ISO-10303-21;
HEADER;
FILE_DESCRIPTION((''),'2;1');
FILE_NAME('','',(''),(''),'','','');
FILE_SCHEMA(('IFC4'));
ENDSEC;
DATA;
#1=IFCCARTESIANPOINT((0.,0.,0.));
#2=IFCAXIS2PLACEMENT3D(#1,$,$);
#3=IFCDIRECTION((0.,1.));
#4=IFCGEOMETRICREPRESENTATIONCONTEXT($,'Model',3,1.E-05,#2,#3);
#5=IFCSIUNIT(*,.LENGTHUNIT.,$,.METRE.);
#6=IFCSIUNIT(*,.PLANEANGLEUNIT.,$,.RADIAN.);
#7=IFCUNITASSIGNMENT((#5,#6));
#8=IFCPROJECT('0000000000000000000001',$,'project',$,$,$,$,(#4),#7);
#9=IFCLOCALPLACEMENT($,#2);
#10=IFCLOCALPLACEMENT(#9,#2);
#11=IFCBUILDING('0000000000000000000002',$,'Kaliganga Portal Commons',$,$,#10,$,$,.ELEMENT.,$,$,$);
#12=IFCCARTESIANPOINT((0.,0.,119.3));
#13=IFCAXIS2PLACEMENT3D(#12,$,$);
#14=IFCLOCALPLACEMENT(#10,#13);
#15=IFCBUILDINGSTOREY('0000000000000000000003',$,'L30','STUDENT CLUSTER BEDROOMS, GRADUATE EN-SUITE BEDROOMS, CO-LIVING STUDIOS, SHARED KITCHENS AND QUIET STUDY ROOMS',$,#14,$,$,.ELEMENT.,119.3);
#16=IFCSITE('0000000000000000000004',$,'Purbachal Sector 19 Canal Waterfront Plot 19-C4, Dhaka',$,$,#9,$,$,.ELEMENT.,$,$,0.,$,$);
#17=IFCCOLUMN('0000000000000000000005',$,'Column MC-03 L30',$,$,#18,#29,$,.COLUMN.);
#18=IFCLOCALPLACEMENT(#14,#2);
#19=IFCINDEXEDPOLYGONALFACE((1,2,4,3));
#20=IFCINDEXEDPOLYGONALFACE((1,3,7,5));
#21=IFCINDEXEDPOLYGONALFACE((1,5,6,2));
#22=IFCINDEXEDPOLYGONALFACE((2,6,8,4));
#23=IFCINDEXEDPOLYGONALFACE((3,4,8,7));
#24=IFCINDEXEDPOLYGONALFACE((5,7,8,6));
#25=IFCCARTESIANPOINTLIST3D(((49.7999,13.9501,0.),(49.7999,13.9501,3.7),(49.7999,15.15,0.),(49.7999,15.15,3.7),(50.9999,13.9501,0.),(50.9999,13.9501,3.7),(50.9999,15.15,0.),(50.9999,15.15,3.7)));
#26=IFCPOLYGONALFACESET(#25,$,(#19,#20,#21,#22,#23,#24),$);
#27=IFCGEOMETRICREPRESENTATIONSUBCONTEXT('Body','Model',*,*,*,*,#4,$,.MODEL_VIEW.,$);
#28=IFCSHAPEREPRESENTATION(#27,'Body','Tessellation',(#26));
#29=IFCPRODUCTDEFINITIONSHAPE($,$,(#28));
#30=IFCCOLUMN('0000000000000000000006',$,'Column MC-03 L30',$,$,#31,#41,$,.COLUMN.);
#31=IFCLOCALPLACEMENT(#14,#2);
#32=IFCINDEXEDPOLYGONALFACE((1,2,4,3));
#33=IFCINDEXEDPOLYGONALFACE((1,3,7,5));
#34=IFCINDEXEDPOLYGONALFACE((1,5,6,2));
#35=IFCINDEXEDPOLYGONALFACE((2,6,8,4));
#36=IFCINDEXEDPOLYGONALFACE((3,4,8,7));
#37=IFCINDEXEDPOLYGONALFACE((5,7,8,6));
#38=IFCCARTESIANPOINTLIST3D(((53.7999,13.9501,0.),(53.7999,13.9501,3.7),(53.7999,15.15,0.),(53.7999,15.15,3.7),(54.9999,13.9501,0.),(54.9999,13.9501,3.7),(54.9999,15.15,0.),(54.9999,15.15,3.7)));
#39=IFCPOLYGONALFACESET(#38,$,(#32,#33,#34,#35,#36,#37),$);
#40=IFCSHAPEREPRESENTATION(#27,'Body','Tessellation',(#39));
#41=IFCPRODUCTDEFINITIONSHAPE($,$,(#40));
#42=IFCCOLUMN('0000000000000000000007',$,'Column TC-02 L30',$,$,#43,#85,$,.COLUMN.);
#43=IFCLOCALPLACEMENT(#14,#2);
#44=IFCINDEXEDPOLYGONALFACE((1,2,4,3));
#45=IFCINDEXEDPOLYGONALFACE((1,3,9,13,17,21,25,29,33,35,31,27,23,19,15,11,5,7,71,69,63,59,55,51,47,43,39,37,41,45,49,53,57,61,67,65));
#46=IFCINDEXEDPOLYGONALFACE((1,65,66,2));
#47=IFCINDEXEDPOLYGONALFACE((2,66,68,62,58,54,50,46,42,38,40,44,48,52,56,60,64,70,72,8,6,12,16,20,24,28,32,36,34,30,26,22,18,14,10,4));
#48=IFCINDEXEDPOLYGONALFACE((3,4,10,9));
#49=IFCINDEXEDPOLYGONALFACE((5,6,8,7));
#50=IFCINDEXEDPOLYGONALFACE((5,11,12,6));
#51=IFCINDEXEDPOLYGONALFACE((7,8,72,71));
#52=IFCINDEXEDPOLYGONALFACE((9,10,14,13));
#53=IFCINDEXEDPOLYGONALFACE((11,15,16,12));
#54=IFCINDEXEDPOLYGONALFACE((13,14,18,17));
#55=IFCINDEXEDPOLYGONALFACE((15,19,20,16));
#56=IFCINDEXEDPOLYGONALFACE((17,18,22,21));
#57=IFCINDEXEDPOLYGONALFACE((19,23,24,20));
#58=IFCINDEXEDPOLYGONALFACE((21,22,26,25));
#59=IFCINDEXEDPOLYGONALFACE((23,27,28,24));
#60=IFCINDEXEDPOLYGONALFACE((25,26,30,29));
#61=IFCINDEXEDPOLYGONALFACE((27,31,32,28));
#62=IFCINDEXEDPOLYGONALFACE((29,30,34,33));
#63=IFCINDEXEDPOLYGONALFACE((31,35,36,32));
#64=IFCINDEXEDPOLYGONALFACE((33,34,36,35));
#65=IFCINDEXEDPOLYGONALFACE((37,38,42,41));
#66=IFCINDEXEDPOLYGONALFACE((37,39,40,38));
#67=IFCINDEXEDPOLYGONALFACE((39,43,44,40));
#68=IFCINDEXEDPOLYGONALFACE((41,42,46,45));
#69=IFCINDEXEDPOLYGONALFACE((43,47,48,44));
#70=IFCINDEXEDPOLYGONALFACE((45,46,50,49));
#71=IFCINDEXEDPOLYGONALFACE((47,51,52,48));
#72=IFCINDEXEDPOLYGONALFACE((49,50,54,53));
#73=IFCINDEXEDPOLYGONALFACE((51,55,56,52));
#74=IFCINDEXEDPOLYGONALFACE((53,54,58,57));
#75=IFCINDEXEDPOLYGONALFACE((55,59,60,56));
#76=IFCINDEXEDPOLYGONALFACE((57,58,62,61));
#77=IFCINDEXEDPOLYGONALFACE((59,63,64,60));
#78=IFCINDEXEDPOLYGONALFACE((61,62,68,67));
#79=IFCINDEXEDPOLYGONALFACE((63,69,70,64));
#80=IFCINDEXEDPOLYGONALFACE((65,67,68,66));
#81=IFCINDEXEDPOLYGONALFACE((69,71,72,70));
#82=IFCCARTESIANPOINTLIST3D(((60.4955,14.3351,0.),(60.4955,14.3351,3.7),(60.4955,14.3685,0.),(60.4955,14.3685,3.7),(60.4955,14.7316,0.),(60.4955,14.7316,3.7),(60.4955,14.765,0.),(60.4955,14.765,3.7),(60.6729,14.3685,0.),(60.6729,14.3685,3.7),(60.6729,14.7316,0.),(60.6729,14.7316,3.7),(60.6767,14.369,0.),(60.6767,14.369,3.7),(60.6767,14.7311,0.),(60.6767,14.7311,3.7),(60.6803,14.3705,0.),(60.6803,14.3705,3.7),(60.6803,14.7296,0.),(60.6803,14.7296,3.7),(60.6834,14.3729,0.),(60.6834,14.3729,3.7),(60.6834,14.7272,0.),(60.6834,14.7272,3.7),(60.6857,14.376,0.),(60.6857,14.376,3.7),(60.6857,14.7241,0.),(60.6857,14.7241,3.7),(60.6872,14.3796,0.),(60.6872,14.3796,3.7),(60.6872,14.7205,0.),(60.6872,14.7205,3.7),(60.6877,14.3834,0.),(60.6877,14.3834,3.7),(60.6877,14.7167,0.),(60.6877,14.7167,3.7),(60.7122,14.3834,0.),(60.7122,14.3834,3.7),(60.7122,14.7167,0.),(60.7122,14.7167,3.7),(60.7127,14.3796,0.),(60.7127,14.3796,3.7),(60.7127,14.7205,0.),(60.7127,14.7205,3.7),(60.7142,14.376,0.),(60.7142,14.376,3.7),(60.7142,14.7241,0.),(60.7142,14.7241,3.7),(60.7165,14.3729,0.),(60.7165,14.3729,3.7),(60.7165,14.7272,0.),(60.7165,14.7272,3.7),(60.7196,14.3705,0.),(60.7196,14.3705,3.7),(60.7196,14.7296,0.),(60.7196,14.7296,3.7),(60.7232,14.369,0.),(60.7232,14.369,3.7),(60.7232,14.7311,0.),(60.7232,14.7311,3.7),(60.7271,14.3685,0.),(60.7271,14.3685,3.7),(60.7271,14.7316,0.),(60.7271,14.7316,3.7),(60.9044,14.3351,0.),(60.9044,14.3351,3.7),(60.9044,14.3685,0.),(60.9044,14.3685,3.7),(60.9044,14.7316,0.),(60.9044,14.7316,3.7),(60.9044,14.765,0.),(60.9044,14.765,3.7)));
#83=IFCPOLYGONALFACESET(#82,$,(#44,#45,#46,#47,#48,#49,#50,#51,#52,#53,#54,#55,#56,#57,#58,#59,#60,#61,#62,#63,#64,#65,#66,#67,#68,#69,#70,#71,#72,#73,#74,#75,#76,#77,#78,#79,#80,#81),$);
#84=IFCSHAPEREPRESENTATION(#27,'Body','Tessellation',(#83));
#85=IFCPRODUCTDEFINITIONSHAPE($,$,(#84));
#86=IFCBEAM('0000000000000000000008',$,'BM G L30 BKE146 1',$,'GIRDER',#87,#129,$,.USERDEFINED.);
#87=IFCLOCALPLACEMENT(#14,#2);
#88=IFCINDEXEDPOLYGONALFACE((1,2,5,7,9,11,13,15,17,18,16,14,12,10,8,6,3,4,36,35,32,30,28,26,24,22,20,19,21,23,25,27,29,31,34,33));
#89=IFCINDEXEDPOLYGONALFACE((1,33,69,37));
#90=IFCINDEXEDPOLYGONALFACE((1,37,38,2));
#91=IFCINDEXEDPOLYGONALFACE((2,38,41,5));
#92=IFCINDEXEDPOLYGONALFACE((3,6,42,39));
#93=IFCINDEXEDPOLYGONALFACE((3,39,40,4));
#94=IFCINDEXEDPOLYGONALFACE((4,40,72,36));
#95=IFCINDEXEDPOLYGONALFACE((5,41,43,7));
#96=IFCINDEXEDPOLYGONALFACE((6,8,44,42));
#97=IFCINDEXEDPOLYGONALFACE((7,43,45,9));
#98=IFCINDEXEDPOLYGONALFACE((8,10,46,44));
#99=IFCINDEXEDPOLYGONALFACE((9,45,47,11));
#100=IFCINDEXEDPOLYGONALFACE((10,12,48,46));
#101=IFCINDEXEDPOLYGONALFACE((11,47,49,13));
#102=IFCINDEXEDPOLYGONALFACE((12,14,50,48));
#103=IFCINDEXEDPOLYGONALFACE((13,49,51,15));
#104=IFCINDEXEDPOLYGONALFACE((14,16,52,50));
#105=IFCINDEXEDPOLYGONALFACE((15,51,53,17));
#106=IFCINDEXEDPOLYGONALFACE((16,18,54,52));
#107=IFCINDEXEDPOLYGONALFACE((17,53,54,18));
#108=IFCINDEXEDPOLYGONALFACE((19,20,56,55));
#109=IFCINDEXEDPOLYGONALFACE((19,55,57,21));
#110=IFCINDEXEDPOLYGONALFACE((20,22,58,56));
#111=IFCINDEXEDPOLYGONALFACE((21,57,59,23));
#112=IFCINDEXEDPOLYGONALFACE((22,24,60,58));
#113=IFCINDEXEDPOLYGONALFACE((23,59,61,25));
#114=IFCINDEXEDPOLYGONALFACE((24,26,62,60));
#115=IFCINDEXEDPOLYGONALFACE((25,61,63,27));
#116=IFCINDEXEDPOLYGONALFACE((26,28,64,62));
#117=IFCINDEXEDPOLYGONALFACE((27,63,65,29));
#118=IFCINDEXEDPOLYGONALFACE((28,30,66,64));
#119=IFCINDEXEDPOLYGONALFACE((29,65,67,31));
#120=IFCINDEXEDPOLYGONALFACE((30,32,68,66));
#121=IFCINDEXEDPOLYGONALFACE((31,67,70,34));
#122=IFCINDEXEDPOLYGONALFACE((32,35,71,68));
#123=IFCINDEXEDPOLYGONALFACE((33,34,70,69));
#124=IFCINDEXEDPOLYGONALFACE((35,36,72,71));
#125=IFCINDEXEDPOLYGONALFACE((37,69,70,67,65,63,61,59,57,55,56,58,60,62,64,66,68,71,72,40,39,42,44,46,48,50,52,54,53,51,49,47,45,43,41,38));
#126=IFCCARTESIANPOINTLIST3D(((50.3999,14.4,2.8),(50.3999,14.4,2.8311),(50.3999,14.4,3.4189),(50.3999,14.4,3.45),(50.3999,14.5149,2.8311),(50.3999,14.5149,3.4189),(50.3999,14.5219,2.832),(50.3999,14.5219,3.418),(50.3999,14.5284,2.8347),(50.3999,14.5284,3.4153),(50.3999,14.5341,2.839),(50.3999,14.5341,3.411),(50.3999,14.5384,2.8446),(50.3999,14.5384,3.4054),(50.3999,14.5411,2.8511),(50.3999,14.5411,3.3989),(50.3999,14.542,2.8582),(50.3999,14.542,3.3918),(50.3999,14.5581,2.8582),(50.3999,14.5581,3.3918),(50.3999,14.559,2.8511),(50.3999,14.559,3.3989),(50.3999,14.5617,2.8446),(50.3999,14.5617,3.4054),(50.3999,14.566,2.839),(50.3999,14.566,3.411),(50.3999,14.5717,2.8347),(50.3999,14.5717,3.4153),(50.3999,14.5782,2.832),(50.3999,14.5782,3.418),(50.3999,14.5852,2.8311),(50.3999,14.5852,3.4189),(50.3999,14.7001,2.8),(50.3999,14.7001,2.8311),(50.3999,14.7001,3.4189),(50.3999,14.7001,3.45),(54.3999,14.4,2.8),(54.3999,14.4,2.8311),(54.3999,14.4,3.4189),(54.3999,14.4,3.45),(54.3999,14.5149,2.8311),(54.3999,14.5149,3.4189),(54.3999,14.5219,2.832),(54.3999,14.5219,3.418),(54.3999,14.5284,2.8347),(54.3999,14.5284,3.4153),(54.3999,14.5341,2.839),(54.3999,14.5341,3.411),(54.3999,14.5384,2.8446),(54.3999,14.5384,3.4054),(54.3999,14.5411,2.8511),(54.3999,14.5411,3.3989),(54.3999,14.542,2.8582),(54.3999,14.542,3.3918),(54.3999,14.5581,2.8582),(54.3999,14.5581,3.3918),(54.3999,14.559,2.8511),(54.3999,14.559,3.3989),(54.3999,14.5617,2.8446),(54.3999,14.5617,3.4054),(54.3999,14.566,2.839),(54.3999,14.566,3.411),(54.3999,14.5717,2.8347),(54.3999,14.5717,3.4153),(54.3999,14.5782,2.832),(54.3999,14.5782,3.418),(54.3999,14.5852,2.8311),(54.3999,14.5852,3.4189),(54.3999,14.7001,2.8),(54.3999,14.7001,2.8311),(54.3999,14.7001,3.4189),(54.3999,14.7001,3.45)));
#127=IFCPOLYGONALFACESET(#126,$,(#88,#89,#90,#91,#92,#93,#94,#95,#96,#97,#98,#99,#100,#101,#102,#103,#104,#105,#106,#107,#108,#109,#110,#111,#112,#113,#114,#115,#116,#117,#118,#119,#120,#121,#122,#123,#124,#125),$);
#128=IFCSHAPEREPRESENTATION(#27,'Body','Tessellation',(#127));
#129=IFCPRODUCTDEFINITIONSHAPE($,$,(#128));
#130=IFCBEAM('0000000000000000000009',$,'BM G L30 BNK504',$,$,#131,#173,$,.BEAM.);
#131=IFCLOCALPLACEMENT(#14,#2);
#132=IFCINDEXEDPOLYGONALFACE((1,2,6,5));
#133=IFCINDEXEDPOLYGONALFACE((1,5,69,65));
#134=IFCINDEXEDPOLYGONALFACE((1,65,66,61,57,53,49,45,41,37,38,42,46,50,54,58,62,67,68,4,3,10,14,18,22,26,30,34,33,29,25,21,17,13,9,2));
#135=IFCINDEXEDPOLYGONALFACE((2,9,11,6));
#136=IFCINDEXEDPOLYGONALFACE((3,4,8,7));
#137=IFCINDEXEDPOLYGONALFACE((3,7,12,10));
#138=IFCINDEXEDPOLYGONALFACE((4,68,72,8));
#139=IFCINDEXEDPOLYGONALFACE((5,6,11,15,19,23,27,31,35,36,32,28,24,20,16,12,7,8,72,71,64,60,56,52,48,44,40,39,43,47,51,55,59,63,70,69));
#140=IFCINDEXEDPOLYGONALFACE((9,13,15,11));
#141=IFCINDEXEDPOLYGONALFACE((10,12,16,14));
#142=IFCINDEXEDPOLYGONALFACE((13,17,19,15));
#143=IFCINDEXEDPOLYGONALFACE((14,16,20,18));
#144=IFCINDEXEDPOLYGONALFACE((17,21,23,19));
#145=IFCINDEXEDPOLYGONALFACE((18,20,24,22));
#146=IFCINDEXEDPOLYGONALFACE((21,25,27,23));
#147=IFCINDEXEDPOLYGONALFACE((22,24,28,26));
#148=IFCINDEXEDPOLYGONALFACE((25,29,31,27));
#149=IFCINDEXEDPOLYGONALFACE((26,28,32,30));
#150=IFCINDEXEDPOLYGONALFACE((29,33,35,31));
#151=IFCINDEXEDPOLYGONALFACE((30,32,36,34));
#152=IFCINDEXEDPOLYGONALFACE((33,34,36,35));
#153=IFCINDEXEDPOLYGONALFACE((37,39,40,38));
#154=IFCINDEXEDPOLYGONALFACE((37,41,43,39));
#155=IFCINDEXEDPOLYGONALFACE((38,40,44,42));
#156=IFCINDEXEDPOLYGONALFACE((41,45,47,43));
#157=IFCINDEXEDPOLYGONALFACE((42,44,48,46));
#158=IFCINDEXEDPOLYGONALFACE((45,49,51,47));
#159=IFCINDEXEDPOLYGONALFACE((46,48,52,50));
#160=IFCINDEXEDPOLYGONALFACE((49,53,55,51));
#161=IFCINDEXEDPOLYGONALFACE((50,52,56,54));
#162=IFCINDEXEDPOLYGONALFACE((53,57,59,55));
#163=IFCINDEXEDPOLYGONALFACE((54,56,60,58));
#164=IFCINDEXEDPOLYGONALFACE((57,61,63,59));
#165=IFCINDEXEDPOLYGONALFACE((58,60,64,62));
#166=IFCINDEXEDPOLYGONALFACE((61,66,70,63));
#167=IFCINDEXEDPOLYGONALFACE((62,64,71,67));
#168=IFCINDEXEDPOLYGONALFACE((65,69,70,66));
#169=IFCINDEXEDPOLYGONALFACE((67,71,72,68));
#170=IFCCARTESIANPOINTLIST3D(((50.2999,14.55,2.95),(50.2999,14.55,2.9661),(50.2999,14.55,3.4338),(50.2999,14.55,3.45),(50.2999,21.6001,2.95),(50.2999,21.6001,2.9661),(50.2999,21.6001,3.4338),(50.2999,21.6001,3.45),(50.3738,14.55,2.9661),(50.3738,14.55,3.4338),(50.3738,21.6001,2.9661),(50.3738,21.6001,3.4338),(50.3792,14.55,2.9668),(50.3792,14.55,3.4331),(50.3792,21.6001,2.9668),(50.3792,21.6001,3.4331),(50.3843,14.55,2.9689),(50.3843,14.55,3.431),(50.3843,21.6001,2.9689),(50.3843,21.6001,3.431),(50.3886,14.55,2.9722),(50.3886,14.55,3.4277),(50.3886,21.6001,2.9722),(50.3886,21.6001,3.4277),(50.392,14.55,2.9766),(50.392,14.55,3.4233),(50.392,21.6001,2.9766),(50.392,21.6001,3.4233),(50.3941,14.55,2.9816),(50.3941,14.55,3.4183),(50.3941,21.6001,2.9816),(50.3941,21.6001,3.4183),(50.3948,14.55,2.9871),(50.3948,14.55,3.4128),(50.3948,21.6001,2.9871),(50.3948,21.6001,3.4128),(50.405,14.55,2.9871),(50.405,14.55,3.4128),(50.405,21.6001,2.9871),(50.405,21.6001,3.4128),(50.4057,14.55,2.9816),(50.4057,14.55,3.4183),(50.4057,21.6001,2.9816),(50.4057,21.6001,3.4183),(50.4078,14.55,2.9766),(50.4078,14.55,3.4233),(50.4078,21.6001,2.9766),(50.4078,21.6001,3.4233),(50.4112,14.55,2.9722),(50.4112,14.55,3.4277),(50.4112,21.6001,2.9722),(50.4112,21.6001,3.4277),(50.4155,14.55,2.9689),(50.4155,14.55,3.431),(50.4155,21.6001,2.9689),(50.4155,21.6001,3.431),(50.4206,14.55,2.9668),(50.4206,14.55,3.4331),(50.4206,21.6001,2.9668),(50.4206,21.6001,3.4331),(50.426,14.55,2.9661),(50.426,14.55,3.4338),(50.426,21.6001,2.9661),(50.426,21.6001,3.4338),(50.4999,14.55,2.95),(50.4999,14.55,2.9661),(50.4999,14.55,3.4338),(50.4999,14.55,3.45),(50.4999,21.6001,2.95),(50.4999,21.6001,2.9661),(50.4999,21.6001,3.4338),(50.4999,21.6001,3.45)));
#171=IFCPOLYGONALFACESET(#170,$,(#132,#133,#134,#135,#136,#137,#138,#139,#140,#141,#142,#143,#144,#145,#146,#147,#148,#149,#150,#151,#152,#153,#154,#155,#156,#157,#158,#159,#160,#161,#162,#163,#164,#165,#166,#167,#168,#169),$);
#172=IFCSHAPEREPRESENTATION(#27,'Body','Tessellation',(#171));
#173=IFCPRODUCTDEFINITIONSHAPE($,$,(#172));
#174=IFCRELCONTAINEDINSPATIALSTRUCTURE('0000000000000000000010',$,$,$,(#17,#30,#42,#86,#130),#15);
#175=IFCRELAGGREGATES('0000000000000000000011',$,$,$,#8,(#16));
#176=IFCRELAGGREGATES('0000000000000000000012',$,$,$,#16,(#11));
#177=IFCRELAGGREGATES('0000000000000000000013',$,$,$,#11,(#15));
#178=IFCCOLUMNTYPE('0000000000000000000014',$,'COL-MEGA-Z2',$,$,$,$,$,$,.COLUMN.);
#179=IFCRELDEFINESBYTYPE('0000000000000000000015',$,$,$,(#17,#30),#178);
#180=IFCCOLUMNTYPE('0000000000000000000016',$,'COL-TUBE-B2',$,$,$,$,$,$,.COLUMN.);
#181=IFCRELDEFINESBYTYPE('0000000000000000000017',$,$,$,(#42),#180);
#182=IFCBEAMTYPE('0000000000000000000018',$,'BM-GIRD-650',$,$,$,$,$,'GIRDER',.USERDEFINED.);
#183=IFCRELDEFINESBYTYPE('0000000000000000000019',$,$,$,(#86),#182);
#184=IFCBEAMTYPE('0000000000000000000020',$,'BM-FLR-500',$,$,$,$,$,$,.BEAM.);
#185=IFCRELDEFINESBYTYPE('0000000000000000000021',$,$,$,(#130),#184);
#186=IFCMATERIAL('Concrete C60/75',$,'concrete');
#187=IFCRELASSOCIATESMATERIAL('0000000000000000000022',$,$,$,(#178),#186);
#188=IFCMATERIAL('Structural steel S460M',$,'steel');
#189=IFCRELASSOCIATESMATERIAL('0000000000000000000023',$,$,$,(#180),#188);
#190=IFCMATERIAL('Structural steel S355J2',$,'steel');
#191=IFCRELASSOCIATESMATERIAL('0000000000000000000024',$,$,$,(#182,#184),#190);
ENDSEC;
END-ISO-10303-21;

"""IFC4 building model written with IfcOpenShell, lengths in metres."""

from ifc_helpers import new_model, si_unit, direction, frame, origin, origin_2d, place, context, subcontext, project, spatial, rectangle, i_section, extrude, source, transform, mapped, material, material_profile, profile_set, type_object, element, save


model = new_model("IFC4")

# Units and contexts
model_context = context("Model", 3, precision=1e-05, world=origin(), true_north=direction((0.0, 1.0)))
body_context = subcontext(model_context, "Body", "Model", "MODEL_VIEW")
ifc_project = project(units=[si_unit("LENGTHUNIT", "METRE"), si_unit("PLANEANGLEUNIT", "RADIAN")], contexts=[model_context])

# Site, building, storey
site_placement = place(None, origin())
site = spatial("IfcSite", under=ifc_project, at=site_placement, Name="Purbachal Sector 19 Canal Waterfront Plot 19-C4, Dhaka", CompositionType="ELEMENT", RefElevation=0.0)
building_placement = place(site_placement, origin())
building = spatial("IfcBuilding", under=site, at=building_placement, Name="Kaliganga Portal Commons", CompositionType="ELEMENT")
storey_placement = place(building_placement, frame((0.0, 0.0, 119.3)))
storey = spatial("IfcBuildingStorey", under=building, at=storey_placement, Name="L30", Description="STUDENT CLUSTER BEDROOMS, GRADUATE EN-SUITE BEDROOMS, CO-LIVING STUDIOS, SHARED KITCHENS AND QUIET STUDY ROOMS", CompositionType="ELEMENT", Elevation=119.3)

# Columns
ifc_material_1 = material(Name="Concrete C60/75", Category="concrete")
ifc_material_profile_1 = material_profile(ifc_material_1, rectangle(XDim=1.2, YDim=1.2, at=origin_2d()), Name="RC 1200x1200")
ifc_profile_set_1 = profile_set([ifc_material_profile_1], Name="Concrete C60/75")
column_type_1 = type_object("IfcColumnType", Name="COL-MEGA-Z2", PredefinedType="COLUMN", material=ifc_profile_set_1)
shared_shape_1 = source(origin(), body_context, "Body", "SweptSolid", [
    extrude(rectangle(XDim=1.2, YDim=1.2, at=origin_2d()), origin(), (0.0, 0.0, 1.0), 3.7),
])
for number, where, z_axis, x_axis, name in (
    (1, (50.3999, 14.55, 0.0), (0.0, 0.0, 1.0), (1.0, 0.0, 0.0), "Column MC-03 L30"),
    (2, (54.3999, 14.55, 0.0), (0.0, 0.0, 1.0), (1.0, 0.0, 0.0), "Column MC-03 L30"),
):
    element("IfcColumn", number, at=place(storey_placement, frame(where, z_axis=z_axis, x_axis=x_axis)), inside=storey, type_object=column_type_1, Name=name, PredefinedType="COLUMN", context=body_context, shape_type="MappedRepresentation", body=[
        mapped(shared_shape_1, transform((0.0, 0.0, 0.0), x_axis=(1.0, 0.0, 0.0), y_axis=(0.0, 1.0, 0.0), z_axis=(0.0, 0.0, 1.0), scale=1.0)),
    ])
ifc_material_2 = material(Name="Structural steel S460M", Category="steel")
ifc_material_profile_2 = material_profile(ifc_material_2, i_section(OverallWidth=0.4089, OverallDepth=0.4299, WebThickness=0.0244, FlangeThickness=0.0334, FilletRadius=0.0149, at=origin_2d()), Name="HD 400x421")
ifc_profile_set_2 = profile_set([ifc_material_profile_2], Name="Structural steel S460M wide-flange")
column_type_2 = type_object("IfcColumnType", Name="COL-TUBE-B2", PredefinedType="COLUMN", material=ifc_profile_set_2)
shared_shape_2 = source(origin(), body_context, "Body", "SweptSolid", [
    extrude(i_section(OverallWidth=0.4089, OverallDepth=0.4299, WebThickness=0.0244, FlangeThickness=0.0334, FilletRadius=0.0149, at=origin_2d()), origin(), (0.0, 0.0, 1.0), 3.7),
])
column_placement = place(storey_placement, frame((60.7, 14.55, 0.0), z_axis=(0.0, 0.0, 1.0), x_axis=(1.0, 0.0, 0.0)))
element("IfcColumn", 3, at=column_placement, inside=storey, type_object=column_type_2, Name="Column TC-02 L30", PredefinedType="COLUMN", context=body_context, shape_type="MappedRepresentation", body=[
    mapped(shared_shape_2, transform((0.0, 0.0, 0.0), x_axis=(1.0, 0.0, 0.0), y_axis=(0.0, 1.0, 0.0), z_axis=(0.0, 0.0, 1.0), scale=1.0)),
])

# Beams
ifc_material_3 = material(Name="Structural steel S355J2", Category="steel")
ifc_material_profile_3 = material_profile(ifc_material_3, i_section(OverallWidth=0.3, OverallDepth=0.6499, WebThickness=0.0161, FlangeThickness=0.031, FilletRadius=0.0271, at=origin_2d()), Name="HE 650 B")
ifc_profile_set_3 = profile_set([ifc_material_profile_3], Name="Structural steel S355J2 wide-flange")
beam_type_1 = type_object("IfcBeamType", Name="BM-GIRD-650", ElementType="GIRDER", PredefinedType="USERDEFINED", material=ifc_profile_set_3)
shared_shape_3 = source(origin(), body_context, "Body", "SweptSolid", [
    extrude(i_section(OverallWidth=0.3, OverallDepth=0.6499, WebThickness=0.0161, FlangeThickness=0.031, FilletRadius=0.0271, at=origin_2d()), origin(), (0.0, 0.0, 1.0), 4.0),
])
beam_1_placement = place(storey_placement, frame((50.3999, 14.55, 3.125), z_axis=(1.0, 0.0, 0.0), x_axis=(0.0, 1.0, 0.0)))
element("IfcBeam", 4, at=beam_1_placement, inside=storey, type_object=beam_type_1, Name="BM G L30 BKE146 1", ObjectType="GIRDER", PredefinedType="USERDEFINED", context=body_context, shape_type="MappedRepresentation", body=[
    mapped(shared_shape_3, transform((0.0, 0.0, 0.0), x_axis=(1.0, 0.0, 0.0), y_axis=(0.0, 1.0, 0.0), z_axis=(0.0, 0.0, 1.0), scale=1.0)),
])
ifc_material_profile_4 = material_profile(ifc_material_3, i_section(OverallWidth=0.2, OverallDepth=0.5, WebThickness=0.0103, FlangeThickness=0.0161, FilletRadius=0.021, at=origin_2d()), Name="IPE 500")
ifc_profile_set_4 = profile_set([ifc_material_profile_4], Name="Structural steel S355J2 wide-flange")
beam_type_2 = type_object("IfcBeamType", Name="BM-FLR-500", PredefinedType="BEAM", material=ifc_profile_set_4)
shared_shape_4 = source(origin(), body_context, "Body", "SweptSolid", [
    extrude(i_section(OverallWidth=0.2, OverallDepth=0.5, WebThickness=0.0103, FlangeThickness=0.0161, FilletRadius=0.021, at=origin_2d()), origin(), (0.0, 0.0, 1.0), 7.05),
])
for number, where, z_axis, x_axis, name in (
    (5, (50.3999, 14.55, 3.2), (0.0, 1.0, 0.0), (-1.0, 0.0, 0.0), "BM G L30 BNK504"),
):
    element("IfcBeam", number, at=place(storey_placement, frame(where, z_axis=z_axis, x_axis=x_axis)), inside=storey, type_object=beam_type_2, Name=name, PredefinedType="BEAM", context=body_context, shape_type="MappedRepresentation", body=[
        mapped(shared_shape_4, transform((0.0, 0.0, 0.0), x_axis=(1.0, 0.0, 0.0), y_axis=(0.0, 1.0, 0.0), z_axis=(0.0, 0.0, 1.0), scale=1.0)),
    ])

save(model, "model.ifc")
